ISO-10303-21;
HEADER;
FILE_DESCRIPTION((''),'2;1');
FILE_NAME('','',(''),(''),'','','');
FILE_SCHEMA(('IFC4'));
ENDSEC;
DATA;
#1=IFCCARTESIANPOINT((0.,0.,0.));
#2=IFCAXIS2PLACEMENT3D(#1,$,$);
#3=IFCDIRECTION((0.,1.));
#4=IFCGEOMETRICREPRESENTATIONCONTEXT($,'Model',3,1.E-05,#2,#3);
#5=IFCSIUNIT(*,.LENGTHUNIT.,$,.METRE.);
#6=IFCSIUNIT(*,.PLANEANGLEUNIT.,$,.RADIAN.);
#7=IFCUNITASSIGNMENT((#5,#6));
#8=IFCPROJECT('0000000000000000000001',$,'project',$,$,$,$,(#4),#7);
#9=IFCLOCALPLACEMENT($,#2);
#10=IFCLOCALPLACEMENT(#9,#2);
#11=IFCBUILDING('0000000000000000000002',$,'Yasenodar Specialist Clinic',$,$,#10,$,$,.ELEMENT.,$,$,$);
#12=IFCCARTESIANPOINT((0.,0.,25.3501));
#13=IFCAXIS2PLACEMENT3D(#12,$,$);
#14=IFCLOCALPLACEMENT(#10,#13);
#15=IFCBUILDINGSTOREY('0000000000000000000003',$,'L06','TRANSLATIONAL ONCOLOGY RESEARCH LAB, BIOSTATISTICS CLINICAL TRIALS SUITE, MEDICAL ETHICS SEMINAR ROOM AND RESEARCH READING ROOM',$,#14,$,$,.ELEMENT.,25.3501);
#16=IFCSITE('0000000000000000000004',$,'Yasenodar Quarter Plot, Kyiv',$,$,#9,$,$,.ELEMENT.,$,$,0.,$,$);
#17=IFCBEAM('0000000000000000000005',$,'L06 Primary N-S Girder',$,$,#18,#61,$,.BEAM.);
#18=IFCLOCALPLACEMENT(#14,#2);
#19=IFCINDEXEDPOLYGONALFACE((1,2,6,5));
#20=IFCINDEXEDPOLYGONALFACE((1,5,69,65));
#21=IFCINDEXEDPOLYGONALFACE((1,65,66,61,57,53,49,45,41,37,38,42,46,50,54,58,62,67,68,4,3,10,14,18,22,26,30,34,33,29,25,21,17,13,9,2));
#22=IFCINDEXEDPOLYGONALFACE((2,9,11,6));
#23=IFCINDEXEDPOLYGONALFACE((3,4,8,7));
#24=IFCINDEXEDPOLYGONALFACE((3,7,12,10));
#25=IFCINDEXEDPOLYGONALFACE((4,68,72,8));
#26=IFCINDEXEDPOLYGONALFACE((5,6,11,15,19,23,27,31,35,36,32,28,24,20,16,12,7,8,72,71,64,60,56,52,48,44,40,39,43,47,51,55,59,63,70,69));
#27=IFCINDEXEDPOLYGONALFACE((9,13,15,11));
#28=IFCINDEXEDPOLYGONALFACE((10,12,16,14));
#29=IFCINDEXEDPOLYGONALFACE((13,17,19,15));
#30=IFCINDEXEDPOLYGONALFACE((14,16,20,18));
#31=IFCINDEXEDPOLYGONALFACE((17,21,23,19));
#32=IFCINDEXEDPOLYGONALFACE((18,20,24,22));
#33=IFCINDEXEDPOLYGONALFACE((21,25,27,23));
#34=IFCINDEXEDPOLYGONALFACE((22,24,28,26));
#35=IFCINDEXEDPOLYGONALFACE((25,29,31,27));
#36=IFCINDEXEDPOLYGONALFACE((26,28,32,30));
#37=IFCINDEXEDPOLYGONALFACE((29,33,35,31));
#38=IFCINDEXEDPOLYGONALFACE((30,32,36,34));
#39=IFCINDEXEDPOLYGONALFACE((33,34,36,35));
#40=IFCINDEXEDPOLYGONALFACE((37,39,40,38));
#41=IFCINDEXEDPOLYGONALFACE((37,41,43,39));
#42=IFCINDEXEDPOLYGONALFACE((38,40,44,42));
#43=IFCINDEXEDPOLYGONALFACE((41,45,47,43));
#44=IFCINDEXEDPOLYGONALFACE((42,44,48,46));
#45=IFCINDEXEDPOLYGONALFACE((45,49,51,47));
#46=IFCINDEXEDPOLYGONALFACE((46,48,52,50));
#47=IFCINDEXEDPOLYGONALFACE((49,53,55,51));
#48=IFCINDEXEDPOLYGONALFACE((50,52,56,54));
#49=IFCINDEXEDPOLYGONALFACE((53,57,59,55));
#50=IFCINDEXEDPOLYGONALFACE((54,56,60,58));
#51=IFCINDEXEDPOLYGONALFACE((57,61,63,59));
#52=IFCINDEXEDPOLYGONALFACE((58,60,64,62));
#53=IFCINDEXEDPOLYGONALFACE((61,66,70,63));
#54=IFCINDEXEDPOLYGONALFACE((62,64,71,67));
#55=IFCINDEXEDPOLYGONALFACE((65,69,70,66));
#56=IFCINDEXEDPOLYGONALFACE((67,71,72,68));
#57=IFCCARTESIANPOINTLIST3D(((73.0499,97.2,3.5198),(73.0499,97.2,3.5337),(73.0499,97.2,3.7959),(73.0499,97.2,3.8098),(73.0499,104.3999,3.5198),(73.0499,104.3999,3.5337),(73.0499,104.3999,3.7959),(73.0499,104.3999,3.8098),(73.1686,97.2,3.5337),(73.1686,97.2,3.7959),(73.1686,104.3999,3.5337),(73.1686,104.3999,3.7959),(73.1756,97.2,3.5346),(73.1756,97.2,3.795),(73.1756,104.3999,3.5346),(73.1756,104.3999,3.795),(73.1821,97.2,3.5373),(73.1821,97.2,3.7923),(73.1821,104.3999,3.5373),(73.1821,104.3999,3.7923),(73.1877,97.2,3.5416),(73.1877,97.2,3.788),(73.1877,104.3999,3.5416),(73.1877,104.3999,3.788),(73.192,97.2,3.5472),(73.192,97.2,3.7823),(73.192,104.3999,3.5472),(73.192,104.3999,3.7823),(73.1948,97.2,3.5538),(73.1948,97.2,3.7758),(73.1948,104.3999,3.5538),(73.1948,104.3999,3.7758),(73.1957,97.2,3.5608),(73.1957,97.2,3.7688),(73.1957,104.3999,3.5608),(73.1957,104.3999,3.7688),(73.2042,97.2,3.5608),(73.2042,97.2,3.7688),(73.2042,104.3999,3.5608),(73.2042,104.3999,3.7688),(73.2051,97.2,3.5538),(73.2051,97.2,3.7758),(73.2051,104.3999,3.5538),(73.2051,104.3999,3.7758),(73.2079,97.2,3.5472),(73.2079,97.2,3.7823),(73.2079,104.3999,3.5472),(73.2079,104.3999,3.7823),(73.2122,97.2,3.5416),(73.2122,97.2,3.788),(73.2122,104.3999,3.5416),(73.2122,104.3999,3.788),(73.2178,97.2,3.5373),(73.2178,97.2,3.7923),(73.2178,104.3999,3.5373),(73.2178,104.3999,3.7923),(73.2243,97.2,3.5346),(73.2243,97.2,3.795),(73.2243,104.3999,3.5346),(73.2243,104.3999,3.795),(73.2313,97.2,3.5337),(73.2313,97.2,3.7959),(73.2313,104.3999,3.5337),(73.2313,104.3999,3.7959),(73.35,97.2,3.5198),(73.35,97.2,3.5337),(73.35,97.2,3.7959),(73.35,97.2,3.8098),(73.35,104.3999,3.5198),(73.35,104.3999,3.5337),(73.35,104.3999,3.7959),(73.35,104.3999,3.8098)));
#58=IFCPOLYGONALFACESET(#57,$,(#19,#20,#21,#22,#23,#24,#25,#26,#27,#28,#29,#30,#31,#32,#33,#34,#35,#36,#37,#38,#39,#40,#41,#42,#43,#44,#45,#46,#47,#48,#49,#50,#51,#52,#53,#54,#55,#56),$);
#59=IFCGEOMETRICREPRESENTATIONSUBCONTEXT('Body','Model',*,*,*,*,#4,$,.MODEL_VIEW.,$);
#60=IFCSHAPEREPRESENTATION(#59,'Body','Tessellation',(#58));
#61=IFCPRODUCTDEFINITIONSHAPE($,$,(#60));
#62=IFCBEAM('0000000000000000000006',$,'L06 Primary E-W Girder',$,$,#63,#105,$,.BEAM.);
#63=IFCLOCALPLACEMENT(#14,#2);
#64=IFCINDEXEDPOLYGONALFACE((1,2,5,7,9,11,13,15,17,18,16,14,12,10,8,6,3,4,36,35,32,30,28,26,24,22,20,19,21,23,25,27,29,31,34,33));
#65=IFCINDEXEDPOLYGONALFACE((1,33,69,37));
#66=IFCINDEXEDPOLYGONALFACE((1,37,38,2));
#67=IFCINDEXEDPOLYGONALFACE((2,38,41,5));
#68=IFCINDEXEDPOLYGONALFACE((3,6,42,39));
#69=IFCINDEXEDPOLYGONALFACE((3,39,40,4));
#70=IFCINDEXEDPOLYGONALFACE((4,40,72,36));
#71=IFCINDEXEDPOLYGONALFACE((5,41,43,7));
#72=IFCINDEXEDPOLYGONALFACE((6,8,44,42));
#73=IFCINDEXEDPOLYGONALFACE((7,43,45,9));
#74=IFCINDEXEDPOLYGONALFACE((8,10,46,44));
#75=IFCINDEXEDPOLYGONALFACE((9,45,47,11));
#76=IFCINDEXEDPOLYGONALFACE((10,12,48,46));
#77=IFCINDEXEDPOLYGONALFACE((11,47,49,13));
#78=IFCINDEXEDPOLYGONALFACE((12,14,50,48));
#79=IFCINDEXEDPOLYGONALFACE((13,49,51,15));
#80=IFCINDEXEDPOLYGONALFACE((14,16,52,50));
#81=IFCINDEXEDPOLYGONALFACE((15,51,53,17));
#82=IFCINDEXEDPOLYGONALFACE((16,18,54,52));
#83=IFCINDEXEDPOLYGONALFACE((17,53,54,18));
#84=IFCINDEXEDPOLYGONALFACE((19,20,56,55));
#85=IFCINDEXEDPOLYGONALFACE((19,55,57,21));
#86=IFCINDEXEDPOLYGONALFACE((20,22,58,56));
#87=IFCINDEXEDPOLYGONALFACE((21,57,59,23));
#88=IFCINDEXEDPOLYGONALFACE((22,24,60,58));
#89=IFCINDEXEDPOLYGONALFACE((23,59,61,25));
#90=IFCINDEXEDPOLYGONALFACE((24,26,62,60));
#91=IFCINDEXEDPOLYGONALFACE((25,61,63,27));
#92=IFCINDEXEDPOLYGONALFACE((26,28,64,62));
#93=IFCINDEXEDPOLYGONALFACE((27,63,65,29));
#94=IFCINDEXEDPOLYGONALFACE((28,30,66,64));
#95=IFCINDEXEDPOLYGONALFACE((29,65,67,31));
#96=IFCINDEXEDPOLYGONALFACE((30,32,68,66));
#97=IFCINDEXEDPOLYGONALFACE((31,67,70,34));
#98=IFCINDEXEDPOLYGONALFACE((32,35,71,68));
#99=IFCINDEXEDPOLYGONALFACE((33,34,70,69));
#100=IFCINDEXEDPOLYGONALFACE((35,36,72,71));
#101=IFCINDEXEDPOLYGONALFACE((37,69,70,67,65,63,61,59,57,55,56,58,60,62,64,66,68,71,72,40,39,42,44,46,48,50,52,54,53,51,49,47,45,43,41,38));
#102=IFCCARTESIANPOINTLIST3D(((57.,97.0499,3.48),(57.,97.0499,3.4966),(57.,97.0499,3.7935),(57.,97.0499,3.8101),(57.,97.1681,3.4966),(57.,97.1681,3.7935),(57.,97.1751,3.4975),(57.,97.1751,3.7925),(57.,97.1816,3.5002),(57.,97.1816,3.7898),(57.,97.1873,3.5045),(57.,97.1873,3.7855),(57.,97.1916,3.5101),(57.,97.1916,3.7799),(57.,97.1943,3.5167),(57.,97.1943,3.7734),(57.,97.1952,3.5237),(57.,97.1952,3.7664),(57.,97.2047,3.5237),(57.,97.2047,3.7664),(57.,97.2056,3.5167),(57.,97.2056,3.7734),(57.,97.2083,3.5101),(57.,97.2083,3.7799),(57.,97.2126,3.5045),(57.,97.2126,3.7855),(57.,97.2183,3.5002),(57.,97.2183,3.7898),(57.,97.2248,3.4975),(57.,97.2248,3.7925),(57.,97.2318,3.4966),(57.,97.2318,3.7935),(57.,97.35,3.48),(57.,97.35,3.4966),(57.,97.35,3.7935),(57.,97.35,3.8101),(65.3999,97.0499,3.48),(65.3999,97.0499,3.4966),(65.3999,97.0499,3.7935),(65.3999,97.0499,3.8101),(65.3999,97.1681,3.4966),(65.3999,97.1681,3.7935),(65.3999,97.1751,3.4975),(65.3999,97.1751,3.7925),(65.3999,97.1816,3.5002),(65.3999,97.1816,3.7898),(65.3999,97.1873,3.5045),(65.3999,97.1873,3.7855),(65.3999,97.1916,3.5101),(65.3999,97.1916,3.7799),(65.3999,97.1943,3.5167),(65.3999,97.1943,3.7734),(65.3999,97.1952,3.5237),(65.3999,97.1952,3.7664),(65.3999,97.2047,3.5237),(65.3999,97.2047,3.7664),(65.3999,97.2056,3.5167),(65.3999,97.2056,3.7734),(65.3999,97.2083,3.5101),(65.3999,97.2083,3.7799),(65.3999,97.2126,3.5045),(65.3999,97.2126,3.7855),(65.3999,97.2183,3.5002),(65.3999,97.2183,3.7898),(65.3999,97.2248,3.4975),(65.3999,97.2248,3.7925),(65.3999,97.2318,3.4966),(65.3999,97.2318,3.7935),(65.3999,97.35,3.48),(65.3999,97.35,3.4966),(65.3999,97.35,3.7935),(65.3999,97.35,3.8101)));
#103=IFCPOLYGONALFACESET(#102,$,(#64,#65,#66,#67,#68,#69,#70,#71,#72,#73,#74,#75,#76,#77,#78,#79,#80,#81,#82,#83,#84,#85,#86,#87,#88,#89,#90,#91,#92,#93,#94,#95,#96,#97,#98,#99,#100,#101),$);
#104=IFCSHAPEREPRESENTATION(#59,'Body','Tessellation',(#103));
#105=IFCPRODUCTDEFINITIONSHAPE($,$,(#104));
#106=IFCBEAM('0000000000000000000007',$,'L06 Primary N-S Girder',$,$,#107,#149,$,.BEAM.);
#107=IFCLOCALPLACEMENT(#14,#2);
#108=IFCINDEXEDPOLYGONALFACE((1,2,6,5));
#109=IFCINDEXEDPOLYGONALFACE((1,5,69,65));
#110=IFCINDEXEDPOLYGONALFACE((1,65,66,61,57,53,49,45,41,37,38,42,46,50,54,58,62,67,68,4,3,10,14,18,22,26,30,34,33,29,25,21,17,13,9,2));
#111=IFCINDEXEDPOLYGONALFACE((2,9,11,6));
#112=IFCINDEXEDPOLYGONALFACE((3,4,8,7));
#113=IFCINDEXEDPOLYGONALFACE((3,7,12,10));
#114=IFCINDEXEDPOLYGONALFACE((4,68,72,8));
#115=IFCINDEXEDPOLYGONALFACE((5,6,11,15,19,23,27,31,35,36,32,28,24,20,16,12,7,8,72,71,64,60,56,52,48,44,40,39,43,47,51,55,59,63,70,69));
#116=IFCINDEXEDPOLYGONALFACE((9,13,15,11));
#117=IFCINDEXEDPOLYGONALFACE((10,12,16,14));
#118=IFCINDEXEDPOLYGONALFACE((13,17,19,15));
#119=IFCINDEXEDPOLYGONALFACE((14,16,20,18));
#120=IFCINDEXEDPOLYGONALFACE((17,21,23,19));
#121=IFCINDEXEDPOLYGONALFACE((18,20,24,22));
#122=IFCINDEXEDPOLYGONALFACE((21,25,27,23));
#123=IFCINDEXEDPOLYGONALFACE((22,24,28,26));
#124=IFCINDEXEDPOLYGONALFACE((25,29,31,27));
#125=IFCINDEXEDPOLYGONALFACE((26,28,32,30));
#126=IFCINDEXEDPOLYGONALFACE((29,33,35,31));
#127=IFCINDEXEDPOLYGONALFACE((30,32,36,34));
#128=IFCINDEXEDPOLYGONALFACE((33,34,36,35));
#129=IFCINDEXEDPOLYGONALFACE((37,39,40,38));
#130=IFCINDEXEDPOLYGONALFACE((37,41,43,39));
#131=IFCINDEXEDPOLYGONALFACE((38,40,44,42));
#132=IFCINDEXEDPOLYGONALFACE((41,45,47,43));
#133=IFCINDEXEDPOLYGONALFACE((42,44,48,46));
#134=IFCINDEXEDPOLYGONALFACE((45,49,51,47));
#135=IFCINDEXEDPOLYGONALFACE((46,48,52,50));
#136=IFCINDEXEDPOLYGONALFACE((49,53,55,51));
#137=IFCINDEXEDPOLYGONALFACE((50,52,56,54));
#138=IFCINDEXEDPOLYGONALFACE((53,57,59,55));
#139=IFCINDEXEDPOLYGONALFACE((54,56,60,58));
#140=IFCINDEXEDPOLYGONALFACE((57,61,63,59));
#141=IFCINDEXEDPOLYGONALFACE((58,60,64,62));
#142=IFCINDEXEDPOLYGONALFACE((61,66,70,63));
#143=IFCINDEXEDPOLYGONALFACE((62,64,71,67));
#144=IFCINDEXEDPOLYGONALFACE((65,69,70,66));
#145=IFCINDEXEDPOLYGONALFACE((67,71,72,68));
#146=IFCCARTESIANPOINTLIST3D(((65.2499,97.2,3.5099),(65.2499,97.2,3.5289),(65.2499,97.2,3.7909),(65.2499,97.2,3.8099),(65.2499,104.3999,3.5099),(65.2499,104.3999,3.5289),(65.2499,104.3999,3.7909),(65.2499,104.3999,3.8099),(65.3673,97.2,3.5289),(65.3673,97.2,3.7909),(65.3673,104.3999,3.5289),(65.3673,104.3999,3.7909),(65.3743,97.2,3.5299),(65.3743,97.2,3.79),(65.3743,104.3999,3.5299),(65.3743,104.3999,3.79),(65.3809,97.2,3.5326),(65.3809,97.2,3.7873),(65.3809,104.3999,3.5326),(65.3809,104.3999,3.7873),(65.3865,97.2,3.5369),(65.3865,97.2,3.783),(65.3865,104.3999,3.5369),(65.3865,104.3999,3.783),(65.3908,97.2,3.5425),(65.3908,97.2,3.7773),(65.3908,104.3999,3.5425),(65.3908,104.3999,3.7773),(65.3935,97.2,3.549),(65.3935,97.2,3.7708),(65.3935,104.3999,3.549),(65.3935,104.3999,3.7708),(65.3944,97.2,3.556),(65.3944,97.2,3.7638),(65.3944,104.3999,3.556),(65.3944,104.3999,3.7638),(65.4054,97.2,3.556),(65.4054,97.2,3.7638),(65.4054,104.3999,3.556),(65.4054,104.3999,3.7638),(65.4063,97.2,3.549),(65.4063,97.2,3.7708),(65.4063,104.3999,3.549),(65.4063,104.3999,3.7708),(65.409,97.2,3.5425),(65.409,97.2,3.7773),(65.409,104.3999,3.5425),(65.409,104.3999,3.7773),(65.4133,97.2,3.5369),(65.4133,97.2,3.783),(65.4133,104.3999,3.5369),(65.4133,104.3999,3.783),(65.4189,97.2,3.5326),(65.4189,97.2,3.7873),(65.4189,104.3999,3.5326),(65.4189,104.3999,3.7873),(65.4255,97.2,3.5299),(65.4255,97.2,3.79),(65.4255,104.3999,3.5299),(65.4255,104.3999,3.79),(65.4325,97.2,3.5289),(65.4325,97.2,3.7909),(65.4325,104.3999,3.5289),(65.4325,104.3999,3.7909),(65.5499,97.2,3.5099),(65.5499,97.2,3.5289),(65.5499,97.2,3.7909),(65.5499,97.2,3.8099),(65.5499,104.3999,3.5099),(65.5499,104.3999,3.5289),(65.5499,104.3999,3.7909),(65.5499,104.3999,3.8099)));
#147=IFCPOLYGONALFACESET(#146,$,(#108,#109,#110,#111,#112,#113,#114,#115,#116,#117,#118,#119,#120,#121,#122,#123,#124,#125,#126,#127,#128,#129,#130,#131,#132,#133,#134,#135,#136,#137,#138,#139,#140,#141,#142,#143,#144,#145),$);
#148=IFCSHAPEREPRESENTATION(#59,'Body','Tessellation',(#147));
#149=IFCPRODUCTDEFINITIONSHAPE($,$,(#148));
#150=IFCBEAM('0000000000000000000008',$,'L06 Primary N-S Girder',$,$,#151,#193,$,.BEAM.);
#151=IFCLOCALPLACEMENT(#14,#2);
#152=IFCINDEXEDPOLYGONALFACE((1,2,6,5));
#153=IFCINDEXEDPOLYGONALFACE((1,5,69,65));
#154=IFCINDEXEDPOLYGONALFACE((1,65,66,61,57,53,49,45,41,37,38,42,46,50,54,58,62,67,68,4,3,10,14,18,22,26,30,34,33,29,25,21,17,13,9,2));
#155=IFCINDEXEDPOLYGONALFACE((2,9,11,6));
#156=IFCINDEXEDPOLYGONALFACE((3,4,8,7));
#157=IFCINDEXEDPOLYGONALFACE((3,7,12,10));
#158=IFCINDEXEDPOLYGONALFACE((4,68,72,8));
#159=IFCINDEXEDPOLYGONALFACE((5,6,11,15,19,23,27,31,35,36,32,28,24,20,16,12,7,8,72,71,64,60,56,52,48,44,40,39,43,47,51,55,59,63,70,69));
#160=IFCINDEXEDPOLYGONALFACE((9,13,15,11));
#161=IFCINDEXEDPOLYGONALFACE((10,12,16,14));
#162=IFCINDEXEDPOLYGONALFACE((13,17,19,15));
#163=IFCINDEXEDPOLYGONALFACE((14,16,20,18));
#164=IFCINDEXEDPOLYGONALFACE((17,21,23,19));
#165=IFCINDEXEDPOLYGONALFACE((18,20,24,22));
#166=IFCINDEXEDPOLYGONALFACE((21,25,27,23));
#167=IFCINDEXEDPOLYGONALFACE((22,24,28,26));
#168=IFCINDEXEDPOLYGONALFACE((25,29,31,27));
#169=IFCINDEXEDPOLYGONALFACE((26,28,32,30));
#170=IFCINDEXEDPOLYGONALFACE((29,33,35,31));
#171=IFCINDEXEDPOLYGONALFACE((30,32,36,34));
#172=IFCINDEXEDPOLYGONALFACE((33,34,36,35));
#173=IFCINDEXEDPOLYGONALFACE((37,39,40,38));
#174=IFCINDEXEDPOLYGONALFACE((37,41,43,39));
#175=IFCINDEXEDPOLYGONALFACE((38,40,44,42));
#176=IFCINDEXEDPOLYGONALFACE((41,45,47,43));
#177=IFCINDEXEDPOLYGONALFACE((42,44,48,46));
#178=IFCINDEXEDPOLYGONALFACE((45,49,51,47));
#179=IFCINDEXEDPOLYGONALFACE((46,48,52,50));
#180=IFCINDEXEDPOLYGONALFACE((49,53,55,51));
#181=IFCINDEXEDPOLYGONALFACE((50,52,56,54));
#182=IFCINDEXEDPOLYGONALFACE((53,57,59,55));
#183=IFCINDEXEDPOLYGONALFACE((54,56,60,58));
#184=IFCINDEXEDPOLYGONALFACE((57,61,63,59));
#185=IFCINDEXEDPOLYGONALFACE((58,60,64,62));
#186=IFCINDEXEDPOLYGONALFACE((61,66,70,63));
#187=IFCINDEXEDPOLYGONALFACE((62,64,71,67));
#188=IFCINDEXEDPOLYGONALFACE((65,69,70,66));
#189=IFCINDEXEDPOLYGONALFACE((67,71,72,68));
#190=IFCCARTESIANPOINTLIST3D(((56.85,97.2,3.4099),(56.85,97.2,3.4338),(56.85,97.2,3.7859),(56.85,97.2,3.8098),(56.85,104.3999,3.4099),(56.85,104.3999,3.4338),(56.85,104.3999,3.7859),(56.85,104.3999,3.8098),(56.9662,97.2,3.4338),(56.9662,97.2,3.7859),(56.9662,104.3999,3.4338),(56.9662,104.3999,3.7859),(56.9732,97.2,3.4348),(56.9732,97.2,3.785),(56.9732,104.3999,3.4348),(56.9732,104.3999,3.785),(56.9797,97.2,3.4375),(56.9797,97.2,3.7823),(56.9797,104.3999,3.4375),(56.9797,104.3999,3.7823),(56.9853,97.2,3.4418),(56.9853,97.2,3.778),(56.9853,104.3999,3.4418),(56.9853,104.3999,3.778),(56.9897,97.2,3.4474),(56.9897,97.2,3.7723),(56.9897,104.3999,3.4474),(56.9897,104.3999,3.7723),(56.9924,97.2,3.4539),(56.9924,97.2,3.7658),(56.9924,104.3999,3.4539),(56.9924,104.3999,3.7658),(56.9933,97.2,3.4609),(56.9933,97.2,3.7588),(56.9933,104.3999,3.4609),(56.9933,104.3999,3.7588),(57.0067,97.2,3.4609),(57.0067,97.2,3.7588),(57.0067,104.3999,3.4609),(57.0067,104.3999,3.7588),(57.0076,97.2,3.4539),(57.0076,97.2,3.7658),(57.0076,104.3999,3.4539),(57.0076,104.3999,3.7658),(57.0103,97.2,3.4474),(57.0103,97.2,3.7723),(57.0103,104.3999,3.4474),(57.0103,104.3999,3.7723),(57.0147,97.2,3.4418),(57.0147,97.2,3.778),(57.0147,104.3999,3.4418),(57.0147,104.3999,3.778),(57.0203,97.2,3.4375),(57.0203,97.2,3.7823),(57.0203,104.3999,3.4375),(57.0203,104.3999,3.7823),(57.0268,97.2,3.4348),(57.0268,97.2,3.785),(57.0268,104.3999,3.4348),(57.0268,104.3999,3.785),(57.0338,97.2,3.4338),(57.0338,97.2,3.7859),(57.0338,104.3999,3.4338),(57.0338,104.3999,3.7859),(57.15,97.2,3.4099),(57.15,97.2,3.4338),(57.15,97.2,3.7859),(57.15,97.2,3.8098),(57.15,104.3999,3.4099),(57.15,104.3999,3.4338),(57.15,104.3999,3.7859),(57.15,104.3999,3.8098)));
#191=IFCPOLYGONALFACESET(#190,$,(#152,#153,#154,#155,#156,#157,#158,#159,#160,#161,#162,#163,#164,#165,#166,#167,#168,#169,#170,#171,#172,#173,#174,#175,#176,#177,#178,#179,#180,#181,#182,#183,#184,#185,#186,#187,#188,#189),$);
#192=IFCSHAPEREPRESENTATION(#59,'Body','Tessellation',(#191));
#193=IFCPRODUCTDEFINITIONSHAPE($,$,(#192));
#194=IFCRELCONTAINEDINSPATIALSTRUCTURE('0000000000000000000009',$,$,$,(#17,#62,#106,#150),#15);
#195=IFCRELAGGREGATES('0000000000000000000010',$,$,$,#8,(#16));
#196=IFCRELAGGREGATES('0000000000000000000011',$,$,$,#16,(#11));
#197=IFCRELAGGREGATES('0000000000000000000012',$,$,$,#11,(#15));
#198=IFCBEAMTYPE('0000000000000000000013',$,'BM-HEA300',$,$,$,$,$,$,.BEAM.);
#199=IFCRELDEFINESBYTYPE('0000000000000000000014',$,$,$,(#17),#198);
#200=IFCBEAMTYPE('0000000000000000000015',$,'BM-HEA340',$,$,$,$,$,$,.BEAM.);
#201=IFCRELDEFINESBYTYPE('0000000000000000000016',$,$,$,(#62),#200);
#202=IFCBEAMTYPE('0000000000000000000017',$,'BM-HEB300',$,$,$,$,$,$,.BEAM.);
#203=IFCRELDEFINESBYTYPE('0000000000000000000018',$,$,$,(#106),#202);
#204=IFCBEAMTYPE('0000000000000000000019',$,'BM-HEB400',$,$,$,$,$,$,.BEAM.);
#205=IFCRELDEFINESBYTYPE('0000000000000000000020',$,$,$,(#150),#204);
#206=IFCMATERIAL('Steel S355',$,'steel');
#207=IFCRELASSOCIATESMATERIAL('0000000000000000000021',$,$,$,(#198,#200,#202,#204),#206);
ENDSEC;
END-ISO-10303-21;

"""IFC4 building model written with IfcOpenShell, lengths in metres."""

from ifc_helpers import new_model, si_unit, direction, frame, origin, origin_2d, place, context, subcontext, project, spatial, i_section, extrude, material, material_profile, profile_set, type_object, element, save


model = new_model("IFC4")

# Units and contexts
model_context = context("Model", 3, precision=1e-05, world=origin(), true_north=direction((0.0, 1.0)))
body_context = subcontext(model_context, "Body", "Model", "MODEL_VIEW")
ifc_project = project(units=[si_unit("LENGTHUNIT", "METRE"), si_unit("PLANEANGLEUNIT", "RADIAN")], contexts=[model_context])

# Site, building, storey
site_placement = place(None, origin())
site = spatial("IfcSite", under=ifc_project, at=site_placement, Name="Yasenodar Quarter Plot, Kyiv", CompositionType="ELEMENT", RefElevation=0.0)
building_placement = place(site_placement, origin())
building = spatial("IfcBuilding", under=site, at=building_placement, Name="Yasenodar Specialist Clinic", CompositionType="ELEMENT")
storey_placement = place(building_placement, frame((0.0, 0.0, 25.3501)))
storey = spatial("IfcBuildingStorey", under=building, at=storey_placement, Name="L06", Description="TRANSLATIONAL ONCOLOGY RESEARCH LAB, BIOSTATISTICS CLINICAL TRIALS SUITE, MEDICAL ETHICS SEMINAR ROOM AND RESEARCH READING ROOM", CompositionType="ELEMENT", Elevation=25.3501)

# Shared definitions
ifc_material_1 = material(Name="Steel S355", Category="steel")

# Beams
ifc_material_profile_1 = material_profile(ifc_material_1, i_section(OverallWidth=0.3, OverallDepth=0.29, WebThickness=0.0085, FlangeThickness=0.0139, FilletRadius=0.0271, at=origin_2d()), Name="HEA 300")
ifc_profile_set_1 = profile_set([ifc_material_profile_1], Name="Steel S355")
beam_type_1 = type_object("IfcBeamType", Name="BM-HEA300", PredefinedType="BEAM", material=ifc_profile_set_1)
beam_1_placement = place(storey_placement, frame((73.2, 97.2, 3.6648), z_axis=(0.0, 1.0, 0.0), x_axis=(-1.0, 0.0, 0.0)))
element("IfcBeam", 1, at=beam_1_placement, inside=storey, type_object=beam_type_1, Name="L06 Primary N-S Girder", PredefinedType="BEAM", context=body_context, shape_type="SweptSolid", body=[
    extrude(i_section(OverallWidth=0.3, OverallDepth=0.29, WebThickness=0.0085, FlangeThickness=0.0139, FilletRadius=0.0271, at=origin_2d()), origin(), (0.0, 0.0, 1.0), 7.2),
])
ifc_material_profile_2 = material_profile(ifc_material_1, i_section(OverallWidth=0.3, OverallDepth=0.3301, WebThickness=0.0095, FlangeThickness=0.0166, FilletRadius=0.0271, at=origin_2d()), Name="HEA 340")
ifc_profile_set_2 = profile_set([ifc_material_profile_2], Name="Steel S355")
beam_type_2 = type_object("IfcBeamType", Name="BM-HEA340", PredefinedType="BEAM", material=ifc_profile_set_2)
beam_2_placement = place(storey_placement, frame((57.0, 97.2, 3.645), z_axis=(1.0, 0.0, 0.0), x_axis=(0.0, 1.0, 0.0)))
element("IfcBeam", 2, at=beam_2_placement, inside=storey, type_object=beam_type_2, Name="L06 Primary E-W Girder", PredefinedType="BEAM", context=body_context, shape_type="SweptSolid", body=[
    extrude(i_section(OverallWidth=0.3, OverallDepth=0.3301, WebThickness=0.0095, FlangeThickness=0.0166, FilletRadius=0.0271, at=origin_2d()), origin(), (0.0, 0.0, 1.0), 8.3999),
])
ifc_material_profile_3 = material_profile(ifc_material_1, i_section(OverallWidth=0.3, OverallDepth=0.3, WebThickness=0.011, FlangeThickness=0.019, FilletRadius=0.0271, at=origin_2d()), Name="HEB 300")
ifc_profile_set_3 = profile_set([ifc_material_profile_3], Name="Steel S355")
beam_type_3 = type_object("IfcBeamType", Name="BM-HEB300", PredefinedType="BEAM", material=ifc_profile_set_3)
beam_3_placement = place(storey_placement, frame((65.3999, 97.2, 3.6599), z_axis=(0.0, 1.0, 0.0), x_axis=(-1.0, 0.0, 0.0)))
element("IfcBeam", 3, at=beam_3_placement, inside=storey, type_object=beam_type_3, Name="L06 Primary N-S Girder", PredefinedType="BEAM", context=body_context, shape_type="SweptSolid", body=[
    extrude(i_section(OverallWidth=0.3, OverallDepth=0.3, WebThickness=0.011, FlangeThickness=0.019, FilletRadius=0.0271, at=origin_2d()), origin(), (0.0, 0.0, 1.0), 7.2),
])
ifc_material_profile_4 = material_profile(ifc_material_1, i_section(OverallWidth=0.3, OverallDepth=0.3999, WebThickness=0.0134, FlangeThickness=0.0239, FilletRadius=0.0271, at=origin_2d()), Name="HEB 400")
ifc_profile_set_4 = profile_set([ifc_material_profile_4], Name="Steel S355")
beam_type_4 = type_object("IfcBeamType", Name="BM-HEB400", PredefinedType="BEAM", material=ifc_profile_set_4)
beam_4_placement = place(storey_placement, frame((57.0, 97.2, 3.6099), z_axis=(0.0, 1.0, 0.0), x_axis=(-1.0, 0.0, 0.0)))
element("IfcBeam", 4, at=beam_4_placement, inside=storey, type_object=beam_type_4, Name="L06 Primary N-S Girder", PredefinedType="BEAM", context=body_context, shape_type="SweptSolid", body=[
    extrude(i_section(OverallWidth=0.3, OverallDepth=0.3999, WebThickness=0.0134, FlangeThickness=0.0239, FilletRadius=0.0271, at=origin_2d()), origin(), (0.0, 0.0, 1.0), 7.2),
])

save(model, "model.ifc")
